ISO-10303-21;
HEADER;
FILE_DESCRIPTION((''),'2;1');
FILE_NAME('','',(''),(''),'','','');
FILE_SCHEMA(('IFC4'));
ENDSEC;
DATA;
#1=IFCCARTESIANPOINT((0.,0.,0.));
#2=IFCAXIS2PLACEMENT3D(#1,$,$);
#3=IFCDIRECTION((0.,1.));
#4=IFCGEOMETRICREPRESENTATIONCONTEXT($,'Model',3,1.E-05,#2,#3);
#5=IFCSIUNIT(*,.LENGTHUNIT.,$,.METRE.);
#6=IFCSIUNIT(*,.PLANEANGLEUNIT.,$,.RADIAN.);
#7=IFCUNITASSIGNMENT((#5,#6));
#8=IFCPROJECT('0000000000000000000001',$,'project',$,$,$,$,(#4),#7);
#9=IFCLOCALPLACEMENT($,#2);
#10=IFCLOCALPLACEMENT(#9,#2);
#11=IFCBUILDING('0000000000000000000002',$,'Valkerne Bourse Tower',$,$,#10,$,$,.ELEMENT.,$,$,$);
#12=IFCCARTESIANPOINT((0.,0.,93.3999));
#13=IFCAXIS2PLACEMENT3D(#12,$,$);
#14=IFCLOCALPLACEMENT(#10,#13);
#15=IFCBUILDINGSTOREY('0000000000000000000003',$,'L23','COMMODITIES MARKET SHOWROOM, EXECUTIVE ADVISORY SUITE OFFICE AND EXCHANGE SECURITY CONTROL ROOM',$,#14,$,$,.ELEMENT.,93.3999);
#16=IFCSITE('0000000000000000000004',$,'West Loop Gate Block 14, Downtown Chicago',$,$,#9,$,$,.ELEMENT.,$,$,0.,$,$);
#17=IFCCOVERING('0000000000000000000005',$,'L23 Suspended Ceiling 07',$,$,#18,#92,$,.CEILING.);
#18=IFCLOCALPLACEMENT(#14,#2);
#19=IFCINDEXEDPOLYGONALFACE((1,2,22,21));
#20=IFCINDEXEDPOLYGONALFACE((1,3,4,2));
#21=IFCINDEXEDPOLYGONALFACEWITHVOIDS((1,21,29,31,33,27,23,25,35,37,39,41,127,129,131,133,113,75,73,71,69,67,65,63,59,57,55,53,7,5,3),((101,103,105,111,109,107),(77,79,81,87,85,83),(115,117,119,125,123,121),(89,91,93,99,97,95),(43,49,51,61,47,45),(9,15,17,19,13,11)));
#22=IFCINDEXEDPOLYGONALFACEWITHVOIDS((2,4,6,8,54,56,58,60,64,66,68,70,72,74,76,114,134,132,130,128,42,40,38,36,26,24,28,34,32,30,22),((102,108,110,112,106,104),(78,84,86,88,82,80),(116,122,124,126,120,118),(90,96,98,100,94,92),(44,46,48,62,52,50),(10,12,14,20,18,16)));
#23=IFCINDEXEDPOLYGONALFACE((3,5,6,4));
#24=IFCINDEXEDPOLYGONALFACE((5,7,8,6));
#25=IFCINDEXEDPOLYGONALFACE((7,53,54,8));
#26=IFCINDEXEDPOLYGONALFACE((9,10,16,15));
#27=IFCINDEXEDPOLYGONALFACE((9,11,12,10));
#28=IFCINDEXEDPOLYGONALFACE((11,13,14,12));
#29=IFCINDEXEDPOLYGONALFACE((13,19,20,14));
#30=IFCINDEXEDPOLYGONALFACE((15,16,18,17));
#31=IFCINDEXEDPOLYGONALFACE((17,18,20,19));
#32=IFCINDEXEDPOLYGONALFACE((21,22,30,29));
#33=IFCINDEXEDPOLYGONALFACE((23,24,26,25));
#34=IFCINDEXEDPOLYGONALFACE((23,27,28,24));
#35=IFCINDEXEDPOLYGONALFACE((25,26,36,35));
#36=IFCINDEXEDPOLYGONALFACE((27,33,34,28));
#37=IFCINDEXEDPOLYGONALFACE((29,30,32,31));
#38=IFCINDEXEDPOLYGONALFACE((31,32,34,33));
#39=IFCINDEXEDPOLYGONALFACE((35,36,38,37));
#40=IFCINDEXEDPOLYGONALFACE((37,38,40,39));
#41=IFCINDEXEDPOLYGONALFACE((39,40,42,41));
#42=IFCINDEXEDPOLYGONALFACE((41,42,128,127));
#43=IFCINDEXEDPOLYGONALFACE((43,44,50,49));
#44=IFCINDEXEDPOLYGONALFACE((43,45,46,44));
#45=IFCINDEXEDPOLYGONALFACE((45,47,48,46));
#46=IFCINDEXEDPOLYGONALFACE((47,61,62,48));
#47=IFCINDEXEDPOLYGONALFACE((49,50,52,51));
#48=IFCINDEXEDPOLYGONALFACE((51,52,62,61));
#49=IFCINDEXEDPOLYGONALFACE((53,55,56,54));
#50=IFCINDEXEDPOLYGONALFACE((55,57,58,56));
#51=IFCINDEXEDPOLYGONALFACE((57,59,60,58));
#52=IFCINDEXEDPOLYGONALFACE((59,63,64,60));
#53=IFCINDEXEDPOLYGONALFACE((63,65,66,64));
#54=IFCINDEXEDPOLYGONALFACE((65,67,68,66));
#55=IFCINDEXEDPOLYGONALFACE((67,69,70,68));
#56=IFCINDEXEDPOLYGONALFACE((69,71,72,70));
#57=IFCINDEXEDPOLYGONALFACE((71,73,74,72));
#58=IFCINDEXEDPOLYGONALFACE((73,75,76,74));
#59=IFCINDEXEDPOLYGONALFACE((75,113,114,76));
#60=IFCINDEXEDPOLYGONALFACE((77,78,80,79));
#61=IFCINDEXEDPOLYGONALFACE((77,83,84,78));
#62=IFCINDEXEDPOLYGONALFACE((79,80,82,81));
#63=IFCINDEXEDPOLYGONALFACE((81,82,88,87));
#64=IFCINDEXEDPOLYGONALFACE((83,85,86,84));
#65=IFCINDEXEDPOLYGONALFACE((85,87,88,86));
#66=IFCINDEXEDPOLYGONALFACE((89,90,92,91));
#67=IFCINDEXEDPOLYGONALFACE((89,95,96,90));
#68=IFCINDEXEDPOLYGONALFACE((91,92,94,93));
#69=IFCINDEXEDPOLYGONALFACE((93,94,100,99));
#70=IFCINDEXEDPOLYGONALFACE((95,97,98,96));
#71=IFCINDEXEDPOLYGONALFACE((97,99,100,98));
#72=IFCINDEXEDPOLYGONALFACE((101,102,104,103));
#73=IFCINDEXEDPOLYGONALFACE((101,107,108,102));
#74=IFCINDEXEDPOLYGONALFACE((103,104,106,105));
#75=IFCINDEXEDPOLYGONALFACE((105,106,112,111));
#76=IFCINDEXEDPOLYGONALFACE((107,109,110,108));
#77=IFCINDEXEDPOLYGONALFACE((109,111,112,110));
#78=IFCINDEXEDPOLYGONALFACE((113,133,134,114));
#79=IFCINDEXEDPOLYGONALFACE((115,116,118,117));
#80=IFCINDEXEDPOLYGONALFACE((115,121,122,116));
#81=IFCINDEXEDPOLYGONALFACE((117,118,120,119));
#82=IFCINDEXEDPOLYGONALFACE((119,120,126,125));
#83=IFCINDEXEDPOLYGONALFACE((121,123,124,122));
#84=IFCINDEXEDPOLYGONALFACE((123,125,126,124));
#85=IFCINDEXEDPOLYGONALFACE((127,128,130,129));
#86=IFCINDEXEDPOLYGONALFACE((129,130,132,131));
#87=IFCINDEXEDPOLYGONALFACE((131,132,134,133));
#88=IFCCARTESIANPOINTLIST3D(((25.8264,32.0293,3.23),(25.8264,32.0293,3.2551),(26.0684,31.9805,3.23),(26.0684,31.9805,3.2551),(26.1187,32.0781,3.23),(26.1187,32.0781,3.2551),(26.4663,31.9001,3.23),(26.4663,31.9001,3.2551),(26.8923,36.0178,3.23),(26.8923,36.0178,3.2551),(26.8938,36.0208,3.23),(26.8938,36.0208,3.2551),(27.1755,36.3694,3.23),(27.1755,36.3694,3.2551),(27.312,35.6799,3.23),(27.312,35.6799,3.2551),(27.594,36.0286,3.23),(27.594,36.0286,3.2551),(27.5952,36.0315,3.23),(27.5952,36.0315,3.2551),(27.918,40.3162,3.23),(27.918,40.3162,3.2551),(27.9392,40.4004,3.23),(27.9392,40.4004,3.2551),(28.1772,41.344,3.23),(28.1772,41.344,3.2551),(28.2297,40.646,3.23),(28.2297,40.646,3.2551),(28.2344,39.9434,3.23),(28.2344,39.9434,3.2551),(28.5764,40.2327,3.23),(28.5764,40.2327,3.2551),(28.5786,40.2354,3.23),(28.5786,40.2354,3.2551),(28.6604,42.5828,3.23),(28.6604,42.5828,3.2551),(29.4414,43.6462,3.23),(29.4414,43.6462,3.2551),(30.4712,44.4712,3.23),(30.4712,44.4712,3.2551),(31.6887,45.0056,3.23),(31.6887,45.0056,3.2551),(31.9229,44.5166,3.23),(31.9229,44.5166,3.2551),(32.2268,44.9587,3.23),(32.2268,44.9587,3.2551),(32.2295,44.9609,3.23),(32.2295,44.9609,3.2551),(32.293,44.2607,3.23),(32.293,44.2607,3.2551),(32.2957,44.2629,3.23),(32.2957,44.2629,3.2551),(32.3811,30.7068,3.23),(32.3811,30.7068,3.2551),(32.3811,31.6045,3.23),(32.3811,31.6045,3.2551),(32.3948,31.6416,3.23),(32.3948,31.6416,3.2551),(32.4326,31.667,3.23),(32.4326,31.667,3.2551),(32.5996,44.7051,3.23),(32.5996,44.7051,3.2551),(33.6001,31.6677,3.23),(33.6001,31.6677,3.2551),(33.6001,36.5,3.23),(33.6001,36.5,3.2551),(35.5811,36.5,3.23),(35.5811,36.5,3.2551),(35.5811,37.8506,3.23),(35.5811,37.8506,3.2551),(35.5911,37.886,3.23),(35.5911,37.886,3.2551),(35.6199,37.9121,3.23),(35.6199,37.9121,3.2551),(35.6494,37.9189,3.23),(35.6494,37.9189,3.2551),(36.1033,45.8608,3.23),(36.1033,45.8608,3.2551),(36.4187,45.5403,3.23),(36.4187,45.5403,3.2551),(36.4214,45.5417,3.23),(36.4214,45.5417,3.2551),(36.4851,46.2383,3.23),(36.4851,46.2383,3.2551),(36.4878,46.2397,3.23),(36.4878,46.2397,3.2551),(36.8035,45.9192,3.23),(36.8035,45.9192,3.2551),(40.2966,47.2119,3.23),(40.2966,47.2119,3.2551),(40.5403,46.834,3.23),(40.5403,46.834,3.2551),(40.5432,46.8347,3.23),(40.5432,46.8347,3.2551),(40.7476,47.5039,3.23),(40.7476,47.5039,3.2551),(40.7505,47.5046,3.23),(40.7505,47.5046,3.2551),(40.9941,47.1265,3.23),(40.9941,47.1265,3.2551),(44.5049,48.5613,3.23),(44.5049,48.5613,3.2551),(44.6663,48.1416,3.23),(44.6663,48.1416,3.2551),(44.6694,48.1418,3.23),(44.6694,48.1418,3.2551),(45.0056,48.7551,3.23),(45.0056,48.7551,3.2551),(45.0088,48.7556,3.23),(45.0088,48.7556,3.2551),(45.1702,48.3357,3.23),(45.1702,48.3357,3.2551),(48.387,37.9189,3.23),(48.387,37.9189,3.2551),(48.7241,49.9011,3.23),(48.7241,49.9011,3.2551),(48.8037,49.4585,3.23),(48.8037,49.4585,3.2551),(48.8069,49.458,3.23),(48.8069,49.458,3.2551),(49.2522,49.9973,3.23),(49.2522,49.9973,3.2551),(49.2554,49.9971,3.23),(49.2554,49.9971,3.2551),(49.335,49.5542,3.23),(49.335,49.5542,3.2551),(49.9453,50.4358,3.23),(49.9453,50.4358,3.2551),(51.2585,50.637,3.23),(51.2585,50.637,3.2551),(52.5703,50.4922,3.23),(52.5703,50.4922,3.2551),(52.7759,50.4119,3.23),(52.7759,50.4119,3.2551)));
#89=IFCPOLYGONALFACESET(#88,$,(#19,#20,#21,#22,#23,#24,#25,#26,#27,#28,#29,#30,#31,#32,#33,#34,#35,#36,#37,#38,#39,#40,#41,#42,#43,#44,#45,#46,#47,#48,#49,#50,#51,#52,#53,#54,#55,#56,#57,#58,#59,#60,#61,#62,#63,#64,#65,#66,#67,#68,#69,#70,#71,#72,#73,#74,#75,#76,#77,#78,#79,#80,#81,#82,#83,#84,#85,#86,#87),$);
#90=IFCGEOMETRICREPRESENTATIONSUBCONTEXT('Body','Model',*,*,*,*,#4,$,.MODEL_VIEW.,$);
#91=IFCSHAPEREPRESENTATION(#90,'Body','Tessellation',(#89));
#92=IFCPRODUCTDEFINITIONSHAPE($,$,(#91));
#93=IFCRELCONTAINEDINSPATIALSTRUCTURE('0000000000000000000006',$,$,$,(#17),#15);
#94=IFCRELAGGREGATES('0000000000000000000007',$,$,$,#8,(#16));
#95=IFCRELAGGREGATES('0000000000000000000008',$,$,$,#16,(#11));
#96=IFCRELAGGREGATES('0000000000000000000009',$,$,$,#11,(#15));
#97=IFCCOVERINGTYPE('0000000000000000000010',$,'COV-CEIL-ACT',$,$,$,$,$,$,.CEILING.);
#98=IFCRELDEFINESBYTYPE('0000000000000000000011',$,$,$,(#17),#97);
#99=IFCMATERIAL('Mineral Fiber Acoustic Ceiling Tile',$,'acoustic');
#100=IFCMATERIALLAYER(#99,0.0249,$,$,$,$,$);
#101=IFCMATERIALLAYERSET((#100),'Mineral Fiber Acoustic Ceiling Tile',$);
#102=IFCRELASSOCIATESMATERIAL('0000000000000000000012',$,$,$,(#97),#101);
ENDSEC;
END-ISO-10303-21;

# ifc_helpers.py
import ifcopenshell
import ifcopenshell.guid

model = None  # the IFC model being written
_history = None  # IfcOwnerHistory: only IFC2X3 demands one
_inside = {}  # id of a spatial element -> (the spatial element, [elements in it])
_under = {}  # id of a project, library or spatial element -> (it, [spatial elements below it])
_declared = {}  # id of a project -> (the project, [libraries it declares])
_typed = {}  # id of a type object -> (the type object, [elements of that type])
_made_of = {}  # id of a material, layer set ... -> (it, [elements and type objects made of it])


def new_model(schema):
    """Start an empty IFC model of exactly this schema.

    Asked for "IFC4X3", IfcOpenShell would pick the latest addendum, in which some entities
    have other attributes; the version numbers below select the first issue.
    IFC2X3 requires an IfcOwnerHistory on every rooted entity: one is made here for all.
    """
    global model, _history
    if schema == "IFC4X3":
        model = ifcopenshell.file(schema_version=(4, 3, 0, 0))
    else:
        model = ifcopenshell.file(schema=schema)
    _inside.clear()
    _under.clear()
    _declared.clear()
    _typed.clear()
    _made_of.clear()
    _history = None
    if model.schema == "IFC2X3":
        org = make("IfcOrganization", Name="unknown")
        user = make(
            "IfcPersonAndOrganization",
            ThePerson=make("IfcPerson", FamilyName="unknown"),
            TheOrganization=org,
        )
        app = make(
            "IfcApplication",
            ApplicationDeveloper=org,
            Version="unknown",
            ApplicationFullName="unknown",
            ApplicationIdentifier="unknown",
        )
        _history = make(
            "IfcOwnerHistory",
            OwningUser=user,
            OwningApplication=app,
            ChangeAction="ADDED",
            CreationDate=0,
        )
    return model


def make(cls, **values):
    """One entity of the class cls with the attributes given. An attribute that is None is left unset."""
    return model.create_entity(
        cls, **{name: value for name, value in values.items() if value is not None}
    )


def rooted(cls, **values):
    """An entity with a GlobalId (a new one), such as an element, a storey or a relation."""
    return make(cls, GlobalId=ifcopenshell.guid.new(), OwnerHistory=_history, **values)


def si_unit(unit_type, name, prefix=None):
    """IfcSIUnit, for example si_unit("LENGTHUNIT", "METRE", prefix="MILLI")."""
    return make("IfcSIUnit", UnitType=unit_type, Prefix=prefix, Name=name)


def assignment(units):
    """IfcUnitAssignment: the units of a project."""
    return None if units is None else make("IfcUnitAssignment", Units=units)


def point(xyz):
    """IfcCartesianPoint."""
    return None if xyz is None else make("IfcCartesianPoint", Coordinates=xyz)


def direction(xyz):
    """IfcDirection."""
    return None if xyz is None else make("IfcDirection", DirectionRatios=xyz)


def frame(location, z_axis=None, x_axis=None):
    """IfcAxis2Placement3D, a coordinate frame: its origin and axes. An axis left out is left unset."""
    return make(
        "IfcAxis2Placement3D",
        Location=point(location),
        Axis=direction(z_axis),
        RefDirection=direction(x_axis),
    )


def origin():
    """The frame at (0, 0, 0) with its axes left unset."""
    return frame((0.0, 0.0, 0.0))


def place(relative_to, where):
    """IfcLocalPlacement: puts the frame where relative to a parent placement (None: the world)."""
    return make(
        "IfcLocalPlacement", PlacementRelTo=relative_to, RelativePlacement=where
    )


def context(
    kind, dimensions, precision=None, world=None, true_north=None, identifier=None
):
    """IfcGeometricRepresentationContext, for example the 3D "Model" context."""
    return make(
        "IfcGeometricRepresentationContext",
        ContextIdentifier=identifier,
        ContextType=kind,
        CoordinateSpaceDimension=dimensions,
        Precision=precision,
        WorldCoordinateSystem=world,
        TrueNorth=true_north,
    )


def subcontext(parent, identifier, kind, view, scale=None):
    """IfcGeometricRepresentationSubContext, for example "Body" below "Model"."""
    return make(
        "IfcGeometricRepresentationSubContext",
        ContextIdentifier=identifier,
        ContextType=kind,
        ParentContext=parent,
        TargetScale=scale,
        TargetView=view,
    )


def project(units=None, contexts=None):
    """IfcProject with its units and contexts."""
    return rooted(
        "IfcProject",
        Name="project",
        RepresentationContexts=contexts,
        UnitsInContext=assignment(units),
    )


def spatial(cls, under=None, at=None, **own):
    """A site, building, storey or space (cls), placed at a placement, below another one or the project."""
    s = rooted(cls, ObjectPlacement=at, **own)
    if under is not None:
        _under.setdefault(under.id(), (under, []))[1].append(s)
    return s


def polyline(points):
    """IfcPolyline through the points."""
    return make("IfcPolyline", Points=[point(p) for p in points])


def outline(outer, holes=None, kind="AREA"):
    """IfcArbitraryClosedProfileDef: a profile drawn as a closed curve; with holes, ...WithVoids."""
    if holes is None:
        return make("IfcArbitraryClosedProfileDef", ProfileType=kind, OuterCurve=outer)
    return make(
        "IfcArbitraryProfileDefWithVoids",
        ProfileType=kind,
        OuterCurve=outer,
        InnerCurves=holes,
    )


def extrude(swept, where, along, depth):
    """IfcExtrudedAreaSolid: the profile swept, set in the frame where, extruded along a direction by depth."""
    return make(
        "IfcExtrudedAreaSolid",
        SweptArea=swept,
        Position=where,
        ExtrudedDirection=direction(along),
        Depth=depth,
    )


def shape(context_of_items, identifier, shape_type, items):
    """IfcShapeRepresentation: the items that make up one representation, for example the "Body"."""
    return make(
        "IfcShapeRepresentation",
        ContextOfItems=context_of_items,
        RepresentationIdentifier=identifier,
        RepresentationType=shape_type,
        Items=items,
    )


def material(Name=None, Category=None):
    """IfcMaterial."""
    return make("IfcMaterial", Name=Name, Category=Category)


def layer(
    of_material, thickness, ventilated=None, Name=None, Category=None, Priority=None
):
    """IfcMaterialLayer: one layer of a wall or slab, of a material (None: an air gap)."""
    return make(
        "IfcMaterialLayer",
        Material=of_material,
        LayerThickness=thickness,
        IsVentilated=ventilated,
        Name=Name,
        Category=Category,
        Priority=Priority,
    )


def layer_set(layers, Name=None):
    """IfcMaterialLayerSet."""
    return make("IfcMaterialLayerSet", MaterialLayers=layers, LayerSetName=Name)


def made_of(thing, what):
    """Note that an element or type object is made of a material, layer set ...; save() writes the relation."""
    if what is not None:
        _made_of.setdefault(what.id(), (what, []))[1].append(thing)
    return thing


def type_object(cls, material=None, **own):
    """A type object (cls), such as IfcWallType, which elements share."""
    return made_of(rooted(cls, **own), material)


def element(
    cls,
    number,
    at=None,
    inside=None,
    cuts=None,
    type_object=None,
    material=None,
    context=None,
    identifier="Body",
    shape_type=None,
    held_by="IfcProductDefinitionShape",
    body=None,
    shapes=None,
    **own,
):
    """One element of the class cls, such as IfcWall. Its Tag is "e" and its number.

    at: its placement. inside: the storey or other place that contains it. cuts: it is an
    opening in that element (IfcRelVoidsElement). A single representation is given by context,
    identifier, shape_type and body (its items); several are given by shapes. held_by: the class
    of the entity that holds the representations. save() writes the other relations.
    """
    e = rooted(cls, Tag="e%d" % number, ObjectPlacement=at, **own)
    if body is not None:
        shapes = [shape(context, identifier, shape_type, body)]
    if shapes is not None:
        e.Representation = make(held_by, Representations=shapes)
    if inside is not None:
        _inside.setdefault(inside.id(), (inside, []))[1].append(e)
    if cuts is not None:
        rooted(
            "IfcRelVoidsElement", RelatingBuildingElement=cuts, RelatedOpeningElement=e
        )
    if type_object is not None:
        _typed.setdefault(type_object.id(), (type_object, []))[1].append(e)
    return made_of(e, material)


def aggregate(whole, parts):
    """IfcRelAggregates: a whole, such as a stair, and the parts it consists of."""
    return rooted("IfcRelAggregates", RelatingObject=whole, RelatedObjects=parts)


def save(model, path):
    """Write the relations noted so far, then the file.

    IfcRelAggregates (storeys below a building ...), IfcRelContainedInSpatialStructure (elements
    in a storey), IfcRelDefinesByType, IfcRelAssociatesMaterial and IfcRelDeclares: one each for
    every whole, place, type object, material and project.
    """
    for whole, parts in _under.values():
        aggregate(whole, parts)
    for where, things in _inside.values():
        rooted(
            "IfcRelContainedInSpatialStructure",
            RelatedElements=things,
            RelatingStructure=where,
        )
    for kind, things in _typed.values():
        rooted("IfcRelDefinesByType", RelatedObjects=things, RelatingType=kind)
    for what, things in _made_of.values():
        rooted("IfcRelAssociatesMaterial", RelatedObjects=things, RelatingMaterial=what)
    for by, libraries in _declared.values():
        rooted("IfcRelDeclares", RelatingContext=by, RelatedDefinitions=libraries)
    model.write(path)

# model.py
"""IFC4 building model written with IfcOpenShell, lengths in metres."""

from ifc_helpers import new_model, si_unit, direction, frame, origin, place, context, subcontext, project, spatial, polyline, outline, extrude, material, layer, layer_set, type_object, element, save


model = new_model("IFC4")

# Units and contexts
model_context = context("Model", 3, precision=1e-05, world=origin(), true_north=direction((0.0, 1.0)))
body_context = subcontext(model_context, "Body", "Model", "MODEL_VIEW")
ifc_project = project(units=[si_unit("LENGTHUNIT", "METRE"), si_unit("PLANEANGLEUNIT", "RADIAN")], contexts=[model_context])

# Site, building, storey
site_placement = place(None, origin())
site = spatial("IfcSite", under=ifc_project, at=site_placement, Name="West Loop Gate Block 14, Downtown Chicago", CompositionType="ELEMENT", RefElevation=0.0)
building_placement = place(site_placement, origin())
building = spatial("IfcBuilding", under=site, at=building_placement, Name="Valkerne Bourse Tower", CompositionType="ELEMENT")
storey_placement = place(building_placement, frame((0.0, 0.0, 93.3999)))
storey = spatial("IfcBuildingStorey", under=building, at=storey_placement, Name="L23", Description="COMMODITIES MARKET SHOWROOM, EXECUTIVE ADVISORY SUITE OFFICE AND EXCHANGE SECURITY CONTROL ROOM", CompositionType="ELEMENT", Elevation=93.3999)

# Covering
ifc_material_1 = material(Name="Mineral Fiber Acoustic Ceiling Tile", Category="acoustic")
ifc_layer_1 = layer(ifc_material_1, 0.0249)
ifc_layer_set_1 = layer_set([ifc_layer_1], Name="Mineral Fiber Acoustic Ceiling Tile")
covering_type_1 = type_object("IfcCoveringType", Name="COV-CEIL-ACT", PredefinedType="CEILING", material=ifc_layer_set_1)
covering_1_placement = place(storey_placement, frame((0.0, 0.0, 3.23)))
element("IfcCovering", 1, at=covering_1_placement, inside=storey, type_object=covering_type_1, Name="L23 Suspended Ceiling 07", PredefinedType="CEILING", context=body_context, shape_type="SweptSolid", body=[
    extrude(outline(polyline([(29.4414, 43.6462), (30.4712, 44.4712), (31.6887, 45.0056), (49.9453, 50.4358), (51.2585, 50.637), (52.5703, 50.4922), (52.7759, 50.4119), (48.387, 37.9189), (35.6494, 37.9189), (35.6199, 37.9121), (35.5911, 37.886), (35.5811, 37.8506), (35.5811, 36.5), (33.6001, 36.5), (33.6001, 31.6677), (32.4326, 31.667), (32.3948, 31.6416), (32.3811, 31.6045), (32.3811, 30.7068), (26.4663, 31.9001), (26.1187, 32.0781), (26.0684, 31.9805), (25.8264, 32.0293), (27.918, 40.3162), (28.2344, 39.9434), (28.5764, 40.2327), (28.5786, 40.2354), (28.2297, 40.646), (27.9392, 40.4004), (28.1772, 41.344), (28.6604, 42.5828), (29.4414, 43.6462)]), holes=[polyline([(27.5952, 36.0315), (27.1755, 36.3694), (26.8938, 36.0208), (26.8923, 36.0178), (27.312, 35.6799), (27.594, 36.0286), (27.5952, 36.0315)]), polyline([(32.5996, 44.7051), (32.2295, 44.9609), (32.2268, 44.9587), (31.9229, 44.5166), (32.293, 44.2607), (32.2957, 44.2629), (32.5996, 44.7051)]), polyline([(36.4214, 45.5417), (36.8035, 45.9192), (36.4878, 46.2397), (36.4851, 46.2383), (36.1033, 45.8608), (36.4187, 45.5403), (36.4214, 45.5417)]), polyline([(40.5432, 46.8347), (40.9941, 47.1265), (40.7505, 47.5046), (40.7476, 47.5039), (40.2966, 47.2119), (40.5403, 46.834), (40.5432, 46.8347)]), polyline([(45.1702, 48.3357), (45.0088, 48.7556), (45.0056, 48.7551), (44.5049, 48.5613), (44.6663, 48.1416), (44.6694, 48.1418), (45.1702, 48.3357)]), polyline([(49.2554, 49.9971), (49.2522, 49.9973), (48.7241, 49.9011), (48.8037, 49.4585), (48.8069, 49.458), (49.335, 49.5542), (49.2554, 49.9971)])]), origin(), (0.0, 0.0, 1.0), 0.0251),
])

save(model, "model.ifc")
